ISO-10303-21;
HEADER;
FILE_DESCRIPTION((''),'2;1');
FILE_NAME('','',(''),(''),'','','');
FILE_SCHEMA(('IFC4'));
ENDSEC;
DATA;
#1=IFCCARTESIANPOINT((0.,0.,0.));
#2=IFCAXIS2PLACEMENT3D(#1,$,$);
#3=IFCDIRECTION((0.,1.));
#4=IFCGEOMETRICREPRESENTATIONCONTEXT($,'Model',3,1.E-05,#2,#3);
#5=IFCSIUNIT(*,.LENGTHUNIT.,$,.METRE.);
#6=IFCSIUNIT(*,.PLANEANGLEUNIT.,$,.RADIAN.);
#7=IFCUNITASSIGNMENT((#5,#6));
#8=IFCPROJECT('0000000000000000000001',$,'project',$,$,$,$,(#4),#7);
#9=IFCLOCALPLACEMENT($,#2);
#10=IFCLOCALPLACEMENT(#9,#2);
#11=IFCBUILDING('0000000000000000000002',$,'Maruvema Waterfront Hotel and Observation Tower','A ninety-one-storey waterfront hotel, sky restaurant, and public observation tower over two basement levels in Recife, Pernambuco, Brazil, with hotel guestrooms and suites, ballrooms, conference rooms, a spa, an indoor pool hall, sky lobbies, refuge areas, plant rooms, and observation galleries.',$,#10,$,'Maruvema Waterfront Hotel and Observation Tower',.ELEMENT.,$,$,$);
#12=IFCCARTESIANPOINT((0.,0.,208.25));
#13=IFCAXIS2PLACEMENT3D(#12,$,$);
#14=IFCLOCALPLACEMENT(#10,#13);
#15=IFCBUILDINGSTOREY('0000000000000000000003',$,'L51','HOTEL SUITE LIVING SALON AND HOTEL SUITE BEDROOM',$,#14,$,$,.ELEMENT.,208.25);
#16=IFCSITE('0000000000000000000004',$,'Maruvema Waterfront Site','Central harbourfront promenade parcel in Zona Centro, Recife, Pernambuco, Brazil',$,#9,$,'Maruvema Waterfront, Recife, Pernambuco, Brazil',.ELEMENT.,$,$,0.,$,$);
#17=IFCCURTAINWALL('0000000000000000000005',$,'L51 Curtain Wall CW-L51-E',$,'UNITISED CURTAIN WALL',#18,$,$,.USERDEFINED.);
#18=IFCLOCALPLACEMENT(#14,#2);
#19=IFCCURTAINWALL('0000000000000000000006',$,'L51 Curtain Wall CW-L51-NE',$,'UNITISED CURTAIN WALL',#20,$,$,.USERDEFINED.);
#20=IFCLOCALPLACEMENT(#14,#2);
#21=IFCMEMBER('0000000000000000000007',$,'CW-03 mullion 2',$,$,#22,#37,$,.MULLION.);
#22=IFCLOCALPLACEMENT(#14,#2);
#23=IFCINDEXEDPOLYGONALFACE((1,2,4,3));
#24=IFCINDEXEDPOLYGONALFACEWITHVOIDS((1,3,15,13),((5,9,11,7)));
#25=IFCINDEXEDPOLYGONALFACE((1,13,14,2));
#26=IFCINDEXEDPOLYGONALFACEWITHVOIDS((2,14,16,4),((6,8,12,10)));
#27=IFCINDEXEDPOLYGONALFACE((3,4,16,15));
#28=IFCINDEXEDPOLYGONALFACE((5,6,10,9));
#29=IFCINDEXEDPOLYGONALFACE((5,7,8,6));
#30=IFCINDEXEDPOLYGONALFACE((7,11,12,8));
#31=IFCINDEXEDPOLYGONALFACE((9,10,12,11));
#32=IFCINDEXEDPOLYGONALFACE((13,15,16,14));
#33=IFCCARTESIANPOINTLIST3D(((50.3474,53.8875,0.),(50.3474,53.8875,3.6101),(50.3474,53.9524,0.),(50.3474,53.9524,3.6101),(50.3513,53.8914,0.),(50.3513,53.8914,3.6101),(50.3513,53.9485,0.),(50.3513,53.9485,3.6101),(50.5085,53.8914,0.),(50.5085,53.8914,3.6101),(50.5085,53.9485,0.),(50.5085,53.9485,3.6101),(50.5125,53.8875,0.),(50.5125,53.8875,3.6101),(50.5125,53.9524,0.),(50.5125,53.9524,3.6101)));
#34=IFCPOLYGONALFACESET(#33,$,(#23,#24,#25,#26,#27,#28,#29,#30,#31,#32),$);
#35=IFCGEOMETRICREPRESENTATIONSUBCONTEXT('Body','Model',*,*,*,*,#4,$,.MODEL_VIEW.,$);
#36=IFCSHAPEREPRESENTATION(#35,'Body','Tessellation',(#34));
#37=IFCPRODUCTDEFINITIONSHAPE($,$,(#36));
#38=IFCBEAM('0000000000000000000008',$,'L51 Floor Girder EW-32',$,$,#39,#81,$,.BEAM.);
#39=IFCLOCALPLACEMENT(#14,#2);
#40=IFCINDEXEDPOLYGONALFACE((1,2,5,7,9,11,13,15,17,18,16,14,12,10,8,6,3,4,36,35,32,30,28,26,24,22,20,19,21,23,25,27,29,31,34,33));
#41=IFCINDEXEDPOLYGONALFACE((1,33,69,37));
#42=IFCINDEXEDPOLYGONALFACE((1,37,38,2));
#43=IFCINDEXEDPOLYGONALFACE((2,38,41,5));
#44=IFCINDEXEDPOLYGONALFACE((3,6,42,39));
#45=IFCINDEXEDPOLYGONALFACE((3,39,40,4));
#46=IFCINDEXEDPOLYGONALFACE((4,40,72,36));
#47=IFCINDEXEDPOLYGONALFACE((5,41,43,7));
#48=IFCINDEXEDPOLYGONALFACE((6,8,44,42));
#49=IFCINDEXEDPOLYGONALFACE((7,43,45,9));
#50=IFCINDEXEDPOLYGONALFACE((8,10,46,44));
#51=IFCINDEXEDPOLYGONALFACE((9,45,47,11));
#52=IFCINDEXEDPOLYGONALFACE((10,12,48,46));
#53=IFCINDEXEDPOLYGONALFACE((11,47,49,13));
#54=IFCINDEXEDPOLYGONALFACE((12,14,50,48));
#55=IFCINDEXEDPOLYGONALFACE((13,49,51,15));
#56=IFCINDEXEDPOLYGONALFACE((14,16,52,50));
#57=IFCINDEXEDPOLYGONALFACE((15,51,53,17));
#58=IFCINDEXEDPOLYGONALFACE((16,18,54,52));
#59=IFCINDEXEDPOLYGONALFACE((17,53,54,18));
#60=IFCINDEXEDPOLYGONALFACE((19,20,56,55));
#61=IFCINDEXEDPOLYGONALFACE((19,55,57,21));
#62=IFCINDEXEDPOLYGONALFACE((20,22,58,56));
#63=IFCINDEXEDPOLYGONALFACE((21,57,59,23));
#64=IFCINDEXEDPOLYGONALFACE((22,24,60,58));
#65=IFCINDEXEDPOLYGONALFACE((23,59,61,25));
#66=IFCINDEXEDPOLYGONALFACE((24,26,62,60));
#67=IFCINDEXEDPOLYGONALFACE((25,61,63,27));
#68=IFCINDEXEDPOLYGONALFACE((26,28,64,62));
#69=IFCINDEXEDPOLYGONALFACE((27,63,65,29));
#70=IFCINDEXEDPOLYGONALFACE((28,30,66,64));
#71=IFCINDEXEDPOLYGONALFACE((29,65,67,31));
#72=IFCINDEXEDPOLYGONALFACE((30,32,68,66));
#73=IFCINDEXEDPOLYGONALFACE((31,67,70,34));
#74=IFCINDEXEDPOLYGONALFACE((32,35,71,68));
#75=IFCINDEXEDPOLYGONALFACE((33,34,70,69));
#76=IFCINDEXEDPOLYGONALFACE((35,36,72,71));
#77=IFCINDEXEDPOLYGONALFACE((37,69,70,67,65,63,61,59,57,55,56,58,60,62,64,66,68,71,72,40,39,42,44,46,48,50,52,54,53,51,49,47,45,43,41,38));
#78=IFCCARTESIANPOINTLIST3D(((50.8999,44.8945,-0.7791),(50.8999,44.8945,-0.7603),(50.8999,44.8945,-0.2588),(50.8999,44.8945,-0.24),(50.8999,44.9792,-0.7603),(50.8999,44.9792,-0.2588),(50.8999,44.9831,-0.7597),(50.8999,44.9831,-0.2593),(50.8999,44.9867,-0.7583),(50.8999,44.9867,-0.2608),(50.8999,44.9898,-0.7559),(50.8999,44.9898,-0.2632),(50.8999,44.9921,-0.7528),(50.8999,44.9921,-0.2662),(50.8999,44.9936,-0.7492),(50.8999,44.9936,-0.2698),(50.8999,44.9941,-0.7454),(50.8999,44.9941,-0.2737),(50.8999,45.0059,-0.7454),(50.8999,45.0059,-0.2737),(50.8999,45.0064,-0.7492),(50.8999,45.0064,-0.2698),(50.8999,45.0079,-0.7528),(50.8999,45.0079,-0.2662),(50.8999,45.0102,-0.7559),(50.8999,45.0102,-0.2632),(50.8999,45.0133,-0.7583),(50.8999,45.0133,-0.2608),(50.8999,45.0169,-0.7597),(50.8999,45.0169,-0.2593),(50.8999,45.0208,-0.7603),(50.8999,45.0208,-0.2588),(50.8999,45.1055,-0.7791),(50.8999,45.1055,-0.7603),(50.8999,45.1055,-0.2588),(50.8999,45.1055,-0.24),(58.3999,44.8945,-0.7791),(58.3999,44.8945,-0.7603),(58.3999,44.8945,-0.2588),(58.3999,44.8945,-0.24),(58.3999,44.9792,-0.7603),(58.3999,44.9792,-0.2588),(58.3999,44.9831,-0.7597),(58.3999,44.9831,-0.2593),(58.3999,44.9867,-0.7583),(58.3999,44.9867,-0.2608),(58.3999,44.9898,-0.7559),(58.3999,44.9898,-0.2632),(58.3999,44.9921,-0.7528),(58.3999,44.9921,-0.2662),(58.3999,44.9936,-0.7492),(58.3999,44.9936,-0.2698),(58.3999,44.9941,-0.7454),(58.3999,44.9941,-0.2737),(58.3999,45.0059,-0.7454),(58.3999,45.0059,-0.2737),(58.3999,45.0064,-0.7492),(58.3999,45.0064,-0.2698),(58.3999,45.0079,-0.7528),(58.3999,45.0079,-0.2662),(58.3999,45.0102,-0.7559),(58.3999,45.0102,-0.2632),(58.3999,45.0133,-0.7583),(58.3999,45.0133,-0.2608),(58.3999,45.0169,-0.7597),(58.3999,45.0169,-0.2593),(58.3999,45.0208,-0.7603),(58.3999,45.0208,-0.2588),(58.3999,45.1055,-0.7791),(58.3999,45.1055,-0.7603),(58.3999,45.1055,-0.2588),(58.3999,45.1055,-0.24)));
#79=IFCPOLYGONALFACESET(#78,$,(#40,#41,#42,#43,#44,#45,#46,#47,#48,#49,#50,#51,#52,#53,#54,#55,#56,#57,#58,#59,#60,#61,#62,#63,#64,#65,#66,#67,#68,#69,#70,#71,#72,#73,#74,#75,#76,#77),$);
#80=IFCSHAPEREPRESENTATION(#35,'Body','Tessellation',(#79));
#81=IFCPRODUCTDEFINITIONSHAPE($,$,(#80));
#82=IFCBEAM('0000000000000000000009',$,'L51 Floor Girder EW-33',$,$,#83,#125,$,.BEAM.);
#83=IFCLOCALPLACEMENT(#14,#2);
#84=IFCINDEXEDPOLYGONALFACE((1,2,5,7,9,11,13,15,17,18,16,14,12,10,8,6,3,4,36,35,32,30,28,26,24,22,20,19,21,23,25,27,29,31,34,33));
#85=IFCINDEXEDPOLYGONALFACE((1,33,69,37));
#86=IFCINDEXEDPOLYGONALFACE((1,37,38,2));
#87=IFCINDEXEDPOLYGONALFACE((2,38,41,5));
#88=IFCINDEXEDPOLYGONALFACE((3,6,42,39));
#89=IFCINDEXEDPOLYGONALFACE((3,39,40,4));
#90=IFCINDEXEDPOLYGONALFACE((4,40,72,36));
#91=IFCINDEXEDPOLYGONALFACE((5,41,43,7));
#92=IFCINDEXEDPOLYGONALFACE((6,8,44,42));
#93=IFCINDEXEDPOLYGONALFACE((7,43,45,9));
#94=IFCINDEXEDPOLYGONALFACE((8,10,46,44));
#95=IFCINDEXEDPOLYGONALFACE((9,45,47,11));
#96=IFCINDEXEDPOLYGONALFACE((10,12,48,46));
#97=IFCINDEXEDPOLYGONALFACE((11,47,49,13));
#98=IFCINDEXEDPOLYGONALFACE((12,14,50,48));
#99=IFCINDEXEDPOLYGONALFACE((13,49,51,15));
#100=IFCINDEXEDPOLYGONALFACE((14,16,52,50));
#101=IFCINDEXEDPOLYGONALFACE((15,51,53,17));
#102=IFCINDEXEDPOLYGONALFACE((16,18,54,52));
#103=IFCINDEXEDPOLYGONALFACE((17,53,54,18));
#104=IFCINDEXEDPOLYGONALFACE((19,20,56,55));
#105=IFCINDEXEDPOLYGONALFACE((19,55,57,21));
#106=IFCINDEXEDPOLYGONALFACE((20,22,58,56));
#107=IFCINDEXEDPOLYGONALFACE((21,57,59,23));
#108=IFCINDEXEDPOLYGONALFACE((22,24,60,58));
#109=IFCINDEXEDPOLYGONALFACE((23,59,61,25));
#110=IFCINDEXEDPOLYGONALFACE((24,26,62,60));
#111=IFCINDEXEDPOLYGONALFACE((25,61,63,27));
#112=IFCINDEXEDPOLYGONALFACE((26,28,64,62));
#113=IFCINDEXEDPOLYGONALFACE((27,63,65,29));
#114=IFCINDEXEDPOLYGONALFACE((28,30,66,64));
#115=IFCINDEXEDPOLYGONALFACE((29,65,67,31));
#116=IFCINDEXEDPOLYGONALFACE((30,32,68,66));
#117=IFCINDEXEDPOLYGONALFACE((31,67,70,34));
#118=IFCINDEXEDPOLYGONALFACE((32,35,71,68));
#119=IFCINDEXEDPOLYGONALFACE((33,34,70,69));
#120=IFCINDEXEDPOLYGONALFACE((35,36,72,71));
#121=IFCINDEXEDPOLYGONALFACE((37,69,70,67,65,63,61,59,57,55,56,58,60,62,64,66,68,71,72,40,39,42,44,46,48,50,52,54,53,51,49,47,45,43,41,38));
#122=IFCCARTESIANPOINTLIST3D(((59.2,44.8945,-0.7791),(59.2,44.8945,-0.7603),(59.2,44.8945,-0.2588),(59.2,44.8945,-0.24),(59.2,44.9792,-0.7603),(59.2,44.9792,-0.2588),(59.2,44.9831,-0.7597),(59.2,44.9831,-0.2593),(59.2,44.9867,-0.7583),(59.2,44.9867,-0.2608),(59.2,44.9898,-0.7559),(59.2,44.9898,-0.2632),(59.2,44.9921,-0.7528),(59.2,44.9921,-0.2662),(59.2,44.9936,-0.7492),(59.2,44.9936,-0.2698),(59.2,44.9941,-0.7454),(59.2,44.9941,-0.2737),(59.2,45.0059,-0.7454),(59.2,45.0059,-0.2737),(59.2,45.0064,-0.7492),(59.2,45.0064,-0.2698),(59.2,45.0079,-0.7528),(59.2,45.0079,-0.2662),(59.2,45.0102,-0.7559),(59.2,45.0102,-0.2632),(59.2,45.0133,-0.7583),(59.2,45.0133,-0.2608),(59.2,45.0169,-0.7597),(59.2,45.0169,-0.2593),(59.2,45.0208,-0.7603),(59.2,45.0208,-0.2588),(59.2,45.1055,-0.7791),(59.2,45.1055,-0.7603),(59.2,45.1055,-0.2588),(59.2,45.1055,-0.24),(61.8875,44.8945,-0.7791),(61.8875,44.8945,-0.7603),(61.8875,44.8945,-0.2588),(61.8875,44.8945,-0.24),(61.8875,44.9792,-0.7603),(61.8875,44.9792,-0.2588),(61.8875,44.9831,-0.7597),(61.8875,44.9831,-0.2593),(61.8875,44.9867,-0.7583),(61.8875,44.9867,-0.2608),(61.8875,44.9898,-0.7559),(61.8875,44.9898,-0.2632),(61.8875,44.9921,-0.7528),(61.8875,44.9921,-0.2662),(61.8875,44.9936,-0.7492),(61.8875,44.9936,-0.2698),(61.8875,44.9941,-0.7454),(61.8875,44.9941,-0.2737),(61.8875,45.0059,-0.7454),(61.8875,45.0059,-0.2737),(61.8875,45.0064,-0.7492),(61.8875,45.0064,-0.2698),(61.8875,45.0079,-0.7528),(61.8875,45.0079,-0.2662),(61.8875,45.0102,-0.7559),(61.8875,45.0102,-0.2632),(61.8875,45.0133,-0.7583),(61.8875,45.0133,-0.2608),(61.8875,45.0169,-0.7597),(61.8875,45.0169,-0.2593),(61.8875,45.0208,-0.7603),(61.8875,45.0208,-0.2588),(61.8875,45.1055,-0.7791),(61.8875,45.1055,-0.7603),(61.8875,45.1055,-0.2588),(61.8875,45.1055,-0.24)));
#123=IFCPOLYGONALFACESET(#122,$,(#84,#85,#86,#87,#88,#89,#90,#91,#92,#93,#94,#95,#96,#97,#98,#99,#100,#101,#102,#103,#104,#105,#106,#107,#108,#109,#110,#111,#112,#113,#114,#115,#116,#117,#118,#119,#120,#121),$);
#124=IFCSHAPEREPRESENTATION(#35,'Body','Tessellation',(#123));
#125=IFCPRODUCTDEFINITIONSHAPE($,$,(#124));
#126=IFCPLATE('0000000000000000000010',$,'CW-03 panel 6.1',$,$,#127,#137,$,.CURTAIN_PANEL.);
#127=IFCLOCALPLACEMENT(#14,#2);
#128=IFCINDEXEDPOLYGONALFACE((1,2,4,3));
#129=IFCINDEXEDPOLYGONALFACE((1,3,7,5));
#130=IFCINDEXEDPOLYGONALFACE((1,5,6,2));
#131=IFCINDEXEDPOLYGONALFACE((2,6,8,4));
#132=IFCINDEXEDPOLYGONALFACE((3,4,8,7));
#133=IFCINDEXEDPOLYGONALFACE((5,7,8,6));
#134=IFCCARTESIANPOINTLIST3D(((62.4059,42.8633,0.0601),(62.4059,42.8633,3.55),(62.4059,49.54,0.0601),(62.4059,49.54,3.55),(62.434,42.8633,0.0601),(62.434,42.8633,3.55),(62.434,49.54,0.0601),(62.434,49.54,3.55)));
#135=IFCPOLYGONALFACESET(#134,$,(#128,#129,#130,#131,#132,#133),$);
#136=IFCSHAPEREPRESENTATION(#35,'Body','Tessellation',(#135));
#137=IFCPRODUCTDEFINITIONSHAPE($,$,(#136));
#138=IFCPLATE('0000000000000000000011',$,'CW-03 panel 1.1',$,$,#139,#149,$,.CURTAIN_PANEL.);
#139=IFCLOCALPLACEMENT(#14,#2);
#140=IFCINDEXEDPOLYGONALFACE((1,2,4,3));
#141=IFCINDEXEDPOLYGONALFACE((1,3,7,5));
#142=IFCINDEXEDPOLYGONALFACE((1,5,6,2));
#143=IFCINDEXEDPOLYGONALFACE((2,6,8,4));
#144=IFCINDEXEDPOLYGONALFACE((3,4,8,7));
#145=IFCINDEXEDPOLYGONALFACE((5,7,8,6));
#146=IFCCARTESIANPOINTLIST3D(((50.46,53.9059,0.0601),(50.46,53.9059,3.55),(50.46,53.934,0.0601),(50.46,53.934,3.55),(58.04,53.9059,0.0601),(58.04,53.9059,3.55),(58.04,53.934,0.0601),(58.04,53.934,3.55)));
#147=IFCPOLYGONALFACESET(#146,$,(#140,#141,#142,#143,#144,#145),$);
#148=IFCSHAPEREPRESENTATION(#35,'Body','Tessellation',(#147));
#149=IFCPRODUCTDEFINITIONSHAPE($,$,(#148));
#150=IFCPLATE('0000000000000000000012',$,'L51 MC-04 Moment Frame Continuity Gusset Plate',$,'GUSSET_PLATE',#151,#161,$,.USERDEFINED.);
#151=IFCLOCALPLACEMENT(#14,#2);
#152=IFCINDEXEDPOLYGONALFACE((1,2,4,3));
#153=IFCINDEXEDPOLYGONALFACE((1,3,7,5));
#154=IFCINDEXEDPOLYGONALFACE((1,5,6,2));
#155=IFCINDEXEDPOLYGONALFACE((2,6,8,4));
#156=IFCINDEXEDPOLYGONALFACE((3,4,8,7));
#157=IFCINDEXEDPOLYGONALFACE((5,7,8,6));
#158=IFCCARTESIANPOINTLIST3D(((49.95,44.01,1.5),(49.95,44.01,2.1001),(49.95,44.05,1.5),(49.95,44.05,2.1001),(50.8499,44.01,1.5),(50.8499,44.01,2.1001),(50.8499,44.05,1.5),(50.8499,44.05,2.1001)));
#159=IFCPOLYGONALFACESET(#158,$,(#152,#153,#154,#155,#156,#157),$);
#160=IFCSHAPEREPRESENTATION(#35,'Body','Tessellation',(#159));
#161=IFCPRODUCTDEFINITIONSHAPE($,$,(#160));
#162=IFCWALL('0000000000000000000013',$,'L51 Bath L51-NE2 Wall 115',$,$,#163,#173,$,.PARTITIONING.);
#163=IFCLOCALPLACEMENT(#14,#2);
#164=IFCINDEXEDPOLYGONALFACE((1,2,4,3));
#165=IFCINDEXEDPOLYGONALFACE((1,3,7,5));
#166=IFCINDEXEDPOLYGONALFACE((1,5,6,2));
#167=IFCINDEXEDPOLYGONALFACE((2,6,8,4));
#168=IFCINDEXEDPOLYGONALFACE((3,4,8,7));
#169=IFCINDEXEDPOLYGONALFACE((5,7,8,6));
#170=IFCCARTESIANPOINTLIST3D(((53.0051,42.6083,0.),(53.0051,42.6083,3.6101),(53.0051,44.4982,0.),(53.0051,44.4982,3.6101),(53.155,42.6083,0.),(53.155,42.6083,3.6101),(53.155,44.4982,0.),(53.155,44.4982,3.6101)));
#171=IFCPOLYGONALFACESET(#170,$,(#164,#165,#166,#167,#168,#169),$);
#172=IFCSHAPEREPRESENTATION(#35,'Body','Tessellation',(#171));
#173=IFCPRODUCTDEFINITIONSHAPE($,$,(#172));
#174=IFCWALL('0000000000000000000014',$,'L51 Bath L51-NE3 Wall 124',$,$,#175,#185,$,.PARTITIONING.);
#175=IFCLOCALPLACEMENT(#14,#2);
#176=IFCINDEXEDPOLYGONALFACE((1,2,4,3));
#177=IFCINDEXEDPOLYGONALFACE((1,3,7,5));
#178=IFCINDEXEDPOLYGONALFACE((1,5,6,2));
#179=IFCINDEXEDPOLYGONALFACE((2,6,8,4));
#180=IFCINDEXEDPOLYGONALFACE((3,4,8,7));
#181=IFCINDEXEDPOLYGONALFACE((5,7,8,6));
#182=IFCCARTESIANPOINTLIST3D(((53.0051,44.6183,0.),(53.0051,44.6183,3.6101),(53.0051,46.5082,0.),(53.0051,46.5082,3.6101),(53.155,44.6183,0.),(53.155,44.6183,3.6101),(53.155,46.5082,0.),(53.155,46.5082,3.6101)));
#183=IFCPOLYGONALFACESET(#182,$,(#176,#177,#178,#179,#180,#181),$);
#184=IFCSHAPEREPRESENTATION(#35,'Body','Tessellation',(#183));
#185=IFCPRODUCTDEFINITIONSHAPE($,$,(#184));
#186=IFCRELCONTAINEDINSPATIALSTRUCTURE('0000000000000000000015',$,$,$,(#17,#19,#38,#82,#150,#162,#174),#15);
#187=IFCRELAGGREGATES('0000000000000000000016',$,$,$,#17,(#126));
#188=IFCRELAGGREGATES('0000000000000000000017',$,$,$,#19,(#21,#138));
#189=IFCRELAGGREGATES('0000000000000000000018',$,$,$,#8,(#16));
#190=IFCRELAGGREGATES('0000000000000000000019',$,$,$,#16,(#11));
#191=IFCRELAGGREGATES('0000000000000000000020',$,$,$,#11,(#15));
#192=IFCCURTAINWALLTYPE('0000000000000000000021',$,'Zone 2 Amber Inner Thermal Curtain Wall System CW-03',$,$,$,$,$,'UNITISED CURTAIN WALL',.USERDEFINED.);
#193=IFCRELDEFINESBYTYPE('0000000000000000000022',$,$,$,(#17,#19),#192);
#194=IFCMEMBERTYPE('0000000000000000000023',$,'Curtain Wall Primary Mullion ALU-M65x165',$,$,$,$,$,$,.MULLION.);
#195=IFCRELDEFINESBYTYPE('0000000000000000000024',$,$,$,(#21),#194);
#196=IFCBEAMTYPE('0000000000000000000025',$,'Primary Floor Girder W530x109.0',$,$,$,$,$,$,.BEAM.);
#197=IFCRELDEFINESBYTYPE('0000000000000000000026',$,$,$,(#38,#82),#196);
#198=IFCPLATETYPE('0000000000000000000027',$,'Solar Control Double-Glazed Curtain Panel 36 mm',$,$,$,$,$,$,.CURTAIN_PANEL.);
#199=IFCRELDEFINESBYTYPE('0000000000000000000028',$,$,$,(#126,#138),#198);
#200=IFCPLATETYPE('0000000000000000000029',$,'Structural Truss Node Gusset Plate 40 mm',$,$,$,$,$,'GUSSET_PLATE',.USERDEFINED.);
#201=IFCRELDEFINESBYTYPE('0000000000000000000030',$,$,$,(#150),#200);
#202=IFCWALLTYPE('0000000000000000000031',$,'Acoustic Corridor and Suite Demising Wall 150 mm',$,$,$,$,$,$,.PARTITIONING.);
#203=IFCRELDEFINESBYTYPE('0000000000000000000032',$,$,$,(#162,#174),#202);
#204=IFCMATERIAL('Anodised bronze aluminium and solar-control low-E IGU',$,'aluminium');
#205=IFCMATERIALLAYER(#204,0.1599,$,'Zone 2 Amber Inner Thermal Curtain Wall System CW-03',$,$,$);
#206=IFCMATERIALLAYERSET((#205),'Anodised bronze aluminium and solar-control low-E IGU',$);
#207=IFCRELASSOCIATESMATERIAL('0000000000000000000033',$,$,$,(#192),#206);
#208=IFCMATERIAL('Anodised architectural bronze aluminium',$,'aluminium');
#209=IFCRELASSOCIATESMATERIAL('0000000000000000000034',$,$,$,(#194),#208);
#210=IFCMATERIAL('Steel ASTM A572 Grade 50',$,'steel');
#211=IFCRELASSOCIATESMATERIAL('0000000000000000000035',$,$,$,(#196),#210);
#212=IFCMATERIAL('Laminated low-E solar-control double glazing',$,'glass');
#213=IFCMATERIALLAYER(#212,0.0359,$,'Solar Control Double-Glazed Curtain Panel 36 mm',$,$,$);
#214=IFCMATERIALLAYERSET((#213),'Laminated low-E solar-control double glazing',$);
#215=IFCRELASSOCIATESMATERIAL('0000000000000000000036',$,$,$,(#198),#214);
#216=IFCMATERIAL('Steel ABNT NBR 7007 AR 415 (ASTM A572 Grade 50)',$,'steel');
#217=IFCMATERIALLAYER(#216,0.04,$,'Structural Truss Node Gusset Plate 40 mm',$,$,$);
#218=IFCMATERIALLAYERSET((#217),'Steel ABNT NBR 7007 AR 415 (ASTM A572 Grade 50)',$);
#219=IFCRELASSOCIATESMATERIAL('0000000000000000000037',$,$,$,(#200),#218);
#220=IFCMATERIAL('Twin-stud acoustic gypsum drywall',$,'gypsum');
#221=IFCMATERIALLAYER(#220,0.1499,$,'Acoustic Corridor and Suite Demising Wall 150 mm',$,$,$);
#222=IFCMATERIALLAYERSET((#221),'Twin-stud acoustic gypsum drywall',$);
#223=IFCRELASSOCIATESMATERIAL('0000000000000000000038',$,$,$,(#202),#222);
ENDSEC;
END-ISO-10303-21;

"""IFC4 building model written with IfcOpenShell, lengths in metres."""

from ifc_helpers import new_model, si_unit, direction, frame, frame_2d, origin, origin_2d, place, context, subcontext, project, spatial, rectangle, hollow_rectangle, i_section, extrude, material, layer, layer_set, material_profile, profile_set, type_object, element, aggregate, save


model = new_model("IFC4")

# Units and contexts
model_context = context("Model", 3, precision=1e-05, world=origin(), true_north=direction((0.0, 1.0)))
body_context = subcontext(model_context, "Body", "Model", "MODEL_VIEW")
ifc_project = project(units=[si_unit("LENGTHUNIT", "METRE"), si_unit("PLANEANGLEUNIT", "RADIAN")], contexts=[model_context])

# Site, building, storey
site_placement = place(None, origin())
site = spatial("IfcSite", under=ifc_project, at=site_placement, Name="Maruvema Waterfront Site", Description="Central harbourfront promenade parcel in Zona Centro, Recife, Pernambuco, Brazil", LongName="Maruvema Waterfront, Recife, Pernambuco, Brazil", CompositionType="ELEMENT", RefElevation=0.0)
building_placement = place(site_placement, origin())
building = spatial("IfcBuilding", under=site, at=building_placement, Name="Maruvema Waterfront Hotel and Observation Tower", Description="A ninety-one-storey waterfront hotel, sky restaurant, and public observation tower over two basement levels in Recife, Pernambuco, Brazil, with hotel guestrooms and suites, ballrooms, conference rooms, a spa, an indoor pool hall, sky lobbies, refuge areas, plant rooms, and observation galleries.", LongName="Maruvema Waterfront Hotel and Observation Tower", CompositionType="ELEMENT")
storey_placement = place(building_placement, frame((0.0, 0.0, 208.25)))
storey = spatial("IfcBuildingStorey", under=building, at=storey_placement, Name="L51", Description="HOTEL SUITE LIVING SALON AND HOTEL SUITE BEDROOM", CompositionType="ELEMENT", Elevation=208.25)

# Curtain walls
ifc_material_1 = material(Name="Anodised bronze aluminium and solar-control low-E IGU", Category="aluminium")
ifc_layer_1 = layer(ifc_material_1, 0.1599, Name="Zone 2 Amber Inner Thermal Curtain Wall System CW-03")
ifc_layer_set_1 = layer_set([ifc_layer_1], Name="Anodised bronze aluminium and solar-control low-E IGU")
curtain_wall_type = type_object("IfcCurtainWallType", Name="Zone 2 Amber Inner Thermal Curtain Wall System CW-03", ElementType="UNITISED CURTAIN WALL", PredefinedType="USERDEFINED", material=ifc_layer_set_1)
curtain_wall_1_placement = place(storey_placement, origin())
curtain_wall_1 = element("IfcCurtainWall", 1, at=curtain_wall_1_placement, inside=storey, type_object=curtain_wall_type, Name="L51 Curtain Wall CW-L51-E", ObjectType="UNITISED CURTAIN WALL", PredefinedType="USERDEFINED")
curtain_wall_2_placement = place(storey_placement, origin())
curtain_wall_2 = element("IfcCurtainWall", 2, at=curtain_wall_2_placement, inside=storey, type_object=curtain_wall_type, Name="L51 Curtain Wall CW-L51-NE", ObjectType="UNITISED CURTAIN WALL", PredefinedType="USERDEFINED")

# Member
ifc_material_2 = material(Name="Anodised architectural bronze aluminium", Category="aluminium")
ifc_material_profile_1 = material_profile(ifc_material_2, hollow_rectangle(XDim=0.0649, YDim=0.165, WallThickness=0.0039, at=origin_2d()), Name="ALU-M65x165")
ifc_profile_set_1 = profile_set([ifc_material_profile_1], Name="Anodised architectural bronze aluminium")
member_type_1 = type_object("IfcMemberType", Name="Curtain Wall Primary Mullion ALU-M65x165", PredefinedType="MULLION", material=ifc_profile_set_1)
member_1_placement = place(storey_placement, frame((50.4299, 53.9199, 0.0), z_axis=(0.0, 0.0, 1.0), x_axis=(0.0, -1.0, 0.0)))
member_1 = element("IfcMember", 3, at=member_1_placement, type_object=member_type_1, Name="CW-03 mullion 2", PredefinedType="MULLION", context=body_context, shape_type="SweptSolid", body=[
    extrude(hollow_rectangle(XDim=0.0649, YDim=0.165, WallThickness=0.0039, at=origin_2d()), origin(), (0.0, 0.0, 1.0), 3.6101),
])

# Beams
ifc_material_3 = material(Name="Steel ASTM A572 Grade 50", Category="steel")
ifc_material_profile_2 = material_profile(ifc_material_3, i_section(OverallWidth=0.2109, OverallDepth=0.5391, WebThickness=0.0117, FlangeThickness=0.0188, FilletRadius=0.0149, at=origin_2d()), Name="W530x109.0")
ifc_profile_set_2 = profile_set([ifc_material_profile_2], Name="Steel ASTM A572 Grade 50")
beam_type = type_object("IfcBeamType", Name="Primary Floor Girder W530x109.0", PredefinedType="BEAM", material=ifc_profile_set_2)
beam_1_placement = place(storey_placement, frame((50.8999, 45.0, -0.5095), z_axis=(1.0, 0.0, 0.0), x_axis=(0.0, 1.0, 0.0)))
element("IfcBeam", 4, at=beam_1_placement, inside=storey, type_object=beam_type, Name="L51 Floor Girder EW-32", PredefinedType="BEAM", context=body_context, shape_type="SweptSolid", body=[
    extrude(i_section(OverallWidth=0.2109, OverallDepth=0.5391, WebThickness=0.0117, FlangeThickness=0.0188, FilletRadius=0.0149, at=origin_2d()), origin(), (0.0, 0.0, 1.0), 7.5),
])
beam_2_placement = place(storey_placement, frame((59.2, 45.0, -0.5095), z_axis=(1.0, 0.0, 0.0), x_axis=(0.0, 1.0, 0.0)))
element("IfcBeam", 5, at=beam_2_placement, inside=storey, type_object=beam_type, Name="L51 Floor Girder EW-33", PredefinedType="BEAM", context=body_context, shape_type="SweptSolid", body=[
    extrude(i_section(OverallWidth=0.2109, OverallDepth=0.5391, WebThickness=0.0117, FlangeThickness=0.0188, FilletRadius=0.0149, at=origin_2d()), origin(), (0.0, 0.0, 1.0), 2.6875),
])

# Plates
ifc_material_4 = material(Name="Laminated low-E solar-control double glazing", Category="glass")
ifc_layer_2 = layer(ifc_material_4, 0.0359, Name="Solar Control Double-Glazed Curtain Panel 36 mm")
ifc_layer_set_2 = layer_set([ifc_layer_2], Name="Laminated low-E solar-control double glazing")
plate_type_1 = type_object("IfcPlateType", Name="Solar Control Double-Glazed Curtain Panel 36 mm", PredefinedType="CURTAIN_PANEL", material=ifc_layer_set_2)
plate_1_placement = place(storey_placement, frame((62.4199, 46.2017, 0.0601), z_axis=(0.0, 0.0, 1.0), x_axis=(0.0, 1.0, 0.0)))
plate_1 = element("IfcPlate", 6, at=plate_1_placement, type_object=plate_type_1, Name="CW-03 panel 6.1", PredefinedType="CURTAIN_PANEL", context=body_context, shape_type="SweptSolid", body=[
    extrude(rectangle(XDim=6.6768, YDim=0.0281, at=origin_2d()), origin(), (0.0, 0.0, 1.0), 3.49),
])
aggregate(curtain_wall_1, [plate_1])
plate_2_placement = place(storey_placement, frame((54.25, 53.9199, 0.0601), z_axis=(0.0, 0.0, 1.0), x_axis=(-1.0, 0.0, 0.0)))
plate_2 = element("IfcPlate", 7, at=plate_2_placement, type_object=plate_type_1, Name="CW-03 panel 1.1", PredefinedType="CURTAIN_PANEL", context=body_context, shape_type="SweptSolid", body=[
    extrude(rectangle(XDim=7.5801, YDim=0.0281, at=origin_2d()), origin(), (0.0, 0.0, 1.0), 3.49),
])
aggregate(curtain_wall_2, [member_1, plate_2])
ifc_material_5 = material(Name="Steel ABNT NBR 7007 AR 415 (ASTM A572 Grade 50)", Category="steel")
ifc_layer_3 = layer(ifc_material_5, 0.04, Name="Structural Truss Node Gusset Plate 40 mm")
ifc_layer_set_3 = layer_set([ifc_layer_3], Name="Steel ABNT NBR 7007 AR 415 (ASTM A572 Grade 50)")
plate_type_2 = type_object("IfcPlateType", Name="Structural Truss Node Gusset Plate 40 mm", ElementType="GUSSET_PLATE", PredefinedType="USERDEFINED", material=ifc_layer_set_3)
plate_3_placement = place(storey_placement, frame((50.3999, 44.03, 1.5), z_axis=(0.0, 0.0, 1.0), x_axis=(1.0, 0.0, 0.0)))
element("IfcPlate", 8, at=plate_3_placement, inside=storey, type_object=plate_type_2, Name="L51 MC-04 Moment Frame Continuity Gusset Plate", ObjectType="GUSSET_PLATE", PredefinedType="USERDEFINED", context=body_context, shape_type="SweptSolid", body=[
    extrude(rectangle(XDim=0.8999, YDim=0.04, at=origin_2d()), origin(), (0.0, 0.0, 1.0), 0.6001),
])

# Walls
ifc_material_6 = material(Name="Twin-stud acoustic gypsum drywall", Category="gypsum")
ifc_layer_4 = layer(ifc_material_6, 0.1499, Name="Acoustic Corridor and Suite Demising Wall 150 mm")
ifc_layer_set_4 = layer_set([ifc_layer_4], Name="Twin-stud acoustic gypsum drywall")
wall_type_1 = type_object("IfcWallType", Name="Acoustic Corridor and Suite Demising Wall 150 mm", PredefinedType="PARTITIONING", material=ifc_layer_set_4)
for number, where, z_axis, x_axis, name in (
    (9, (53.0801, 42.6084, 0.0), (0.0, 0.0, 1.0), (0.0, 1.0, 0.0), "L51 Bath L51-NE2 Wall 115"),
    (10, (53.0801, 44.6184, 0.0), (0.0, 0.0, 1.0), (0.0, 1.0, 0.0), "L51 Bath L51-NE3 Wall 124"),
):
    element("IfcWall", number, at=place(storey_placement, frame(where, z_axis=z_axis, x_axis=x_axis)), inside=storey, type_object=wall_type_1, Name=name, PredefinedType="PARTITIONING", context=body_context, shape_type="SweptSolid", body=[
        extrude(rectangle(XDim=1.8899, YDim=0.1499, at=frame_2d((0.9448, 0.0))), origin(), (0.0, 0.0, 1.0), 3.6101),
    ])

save(model, "model.ifc")
